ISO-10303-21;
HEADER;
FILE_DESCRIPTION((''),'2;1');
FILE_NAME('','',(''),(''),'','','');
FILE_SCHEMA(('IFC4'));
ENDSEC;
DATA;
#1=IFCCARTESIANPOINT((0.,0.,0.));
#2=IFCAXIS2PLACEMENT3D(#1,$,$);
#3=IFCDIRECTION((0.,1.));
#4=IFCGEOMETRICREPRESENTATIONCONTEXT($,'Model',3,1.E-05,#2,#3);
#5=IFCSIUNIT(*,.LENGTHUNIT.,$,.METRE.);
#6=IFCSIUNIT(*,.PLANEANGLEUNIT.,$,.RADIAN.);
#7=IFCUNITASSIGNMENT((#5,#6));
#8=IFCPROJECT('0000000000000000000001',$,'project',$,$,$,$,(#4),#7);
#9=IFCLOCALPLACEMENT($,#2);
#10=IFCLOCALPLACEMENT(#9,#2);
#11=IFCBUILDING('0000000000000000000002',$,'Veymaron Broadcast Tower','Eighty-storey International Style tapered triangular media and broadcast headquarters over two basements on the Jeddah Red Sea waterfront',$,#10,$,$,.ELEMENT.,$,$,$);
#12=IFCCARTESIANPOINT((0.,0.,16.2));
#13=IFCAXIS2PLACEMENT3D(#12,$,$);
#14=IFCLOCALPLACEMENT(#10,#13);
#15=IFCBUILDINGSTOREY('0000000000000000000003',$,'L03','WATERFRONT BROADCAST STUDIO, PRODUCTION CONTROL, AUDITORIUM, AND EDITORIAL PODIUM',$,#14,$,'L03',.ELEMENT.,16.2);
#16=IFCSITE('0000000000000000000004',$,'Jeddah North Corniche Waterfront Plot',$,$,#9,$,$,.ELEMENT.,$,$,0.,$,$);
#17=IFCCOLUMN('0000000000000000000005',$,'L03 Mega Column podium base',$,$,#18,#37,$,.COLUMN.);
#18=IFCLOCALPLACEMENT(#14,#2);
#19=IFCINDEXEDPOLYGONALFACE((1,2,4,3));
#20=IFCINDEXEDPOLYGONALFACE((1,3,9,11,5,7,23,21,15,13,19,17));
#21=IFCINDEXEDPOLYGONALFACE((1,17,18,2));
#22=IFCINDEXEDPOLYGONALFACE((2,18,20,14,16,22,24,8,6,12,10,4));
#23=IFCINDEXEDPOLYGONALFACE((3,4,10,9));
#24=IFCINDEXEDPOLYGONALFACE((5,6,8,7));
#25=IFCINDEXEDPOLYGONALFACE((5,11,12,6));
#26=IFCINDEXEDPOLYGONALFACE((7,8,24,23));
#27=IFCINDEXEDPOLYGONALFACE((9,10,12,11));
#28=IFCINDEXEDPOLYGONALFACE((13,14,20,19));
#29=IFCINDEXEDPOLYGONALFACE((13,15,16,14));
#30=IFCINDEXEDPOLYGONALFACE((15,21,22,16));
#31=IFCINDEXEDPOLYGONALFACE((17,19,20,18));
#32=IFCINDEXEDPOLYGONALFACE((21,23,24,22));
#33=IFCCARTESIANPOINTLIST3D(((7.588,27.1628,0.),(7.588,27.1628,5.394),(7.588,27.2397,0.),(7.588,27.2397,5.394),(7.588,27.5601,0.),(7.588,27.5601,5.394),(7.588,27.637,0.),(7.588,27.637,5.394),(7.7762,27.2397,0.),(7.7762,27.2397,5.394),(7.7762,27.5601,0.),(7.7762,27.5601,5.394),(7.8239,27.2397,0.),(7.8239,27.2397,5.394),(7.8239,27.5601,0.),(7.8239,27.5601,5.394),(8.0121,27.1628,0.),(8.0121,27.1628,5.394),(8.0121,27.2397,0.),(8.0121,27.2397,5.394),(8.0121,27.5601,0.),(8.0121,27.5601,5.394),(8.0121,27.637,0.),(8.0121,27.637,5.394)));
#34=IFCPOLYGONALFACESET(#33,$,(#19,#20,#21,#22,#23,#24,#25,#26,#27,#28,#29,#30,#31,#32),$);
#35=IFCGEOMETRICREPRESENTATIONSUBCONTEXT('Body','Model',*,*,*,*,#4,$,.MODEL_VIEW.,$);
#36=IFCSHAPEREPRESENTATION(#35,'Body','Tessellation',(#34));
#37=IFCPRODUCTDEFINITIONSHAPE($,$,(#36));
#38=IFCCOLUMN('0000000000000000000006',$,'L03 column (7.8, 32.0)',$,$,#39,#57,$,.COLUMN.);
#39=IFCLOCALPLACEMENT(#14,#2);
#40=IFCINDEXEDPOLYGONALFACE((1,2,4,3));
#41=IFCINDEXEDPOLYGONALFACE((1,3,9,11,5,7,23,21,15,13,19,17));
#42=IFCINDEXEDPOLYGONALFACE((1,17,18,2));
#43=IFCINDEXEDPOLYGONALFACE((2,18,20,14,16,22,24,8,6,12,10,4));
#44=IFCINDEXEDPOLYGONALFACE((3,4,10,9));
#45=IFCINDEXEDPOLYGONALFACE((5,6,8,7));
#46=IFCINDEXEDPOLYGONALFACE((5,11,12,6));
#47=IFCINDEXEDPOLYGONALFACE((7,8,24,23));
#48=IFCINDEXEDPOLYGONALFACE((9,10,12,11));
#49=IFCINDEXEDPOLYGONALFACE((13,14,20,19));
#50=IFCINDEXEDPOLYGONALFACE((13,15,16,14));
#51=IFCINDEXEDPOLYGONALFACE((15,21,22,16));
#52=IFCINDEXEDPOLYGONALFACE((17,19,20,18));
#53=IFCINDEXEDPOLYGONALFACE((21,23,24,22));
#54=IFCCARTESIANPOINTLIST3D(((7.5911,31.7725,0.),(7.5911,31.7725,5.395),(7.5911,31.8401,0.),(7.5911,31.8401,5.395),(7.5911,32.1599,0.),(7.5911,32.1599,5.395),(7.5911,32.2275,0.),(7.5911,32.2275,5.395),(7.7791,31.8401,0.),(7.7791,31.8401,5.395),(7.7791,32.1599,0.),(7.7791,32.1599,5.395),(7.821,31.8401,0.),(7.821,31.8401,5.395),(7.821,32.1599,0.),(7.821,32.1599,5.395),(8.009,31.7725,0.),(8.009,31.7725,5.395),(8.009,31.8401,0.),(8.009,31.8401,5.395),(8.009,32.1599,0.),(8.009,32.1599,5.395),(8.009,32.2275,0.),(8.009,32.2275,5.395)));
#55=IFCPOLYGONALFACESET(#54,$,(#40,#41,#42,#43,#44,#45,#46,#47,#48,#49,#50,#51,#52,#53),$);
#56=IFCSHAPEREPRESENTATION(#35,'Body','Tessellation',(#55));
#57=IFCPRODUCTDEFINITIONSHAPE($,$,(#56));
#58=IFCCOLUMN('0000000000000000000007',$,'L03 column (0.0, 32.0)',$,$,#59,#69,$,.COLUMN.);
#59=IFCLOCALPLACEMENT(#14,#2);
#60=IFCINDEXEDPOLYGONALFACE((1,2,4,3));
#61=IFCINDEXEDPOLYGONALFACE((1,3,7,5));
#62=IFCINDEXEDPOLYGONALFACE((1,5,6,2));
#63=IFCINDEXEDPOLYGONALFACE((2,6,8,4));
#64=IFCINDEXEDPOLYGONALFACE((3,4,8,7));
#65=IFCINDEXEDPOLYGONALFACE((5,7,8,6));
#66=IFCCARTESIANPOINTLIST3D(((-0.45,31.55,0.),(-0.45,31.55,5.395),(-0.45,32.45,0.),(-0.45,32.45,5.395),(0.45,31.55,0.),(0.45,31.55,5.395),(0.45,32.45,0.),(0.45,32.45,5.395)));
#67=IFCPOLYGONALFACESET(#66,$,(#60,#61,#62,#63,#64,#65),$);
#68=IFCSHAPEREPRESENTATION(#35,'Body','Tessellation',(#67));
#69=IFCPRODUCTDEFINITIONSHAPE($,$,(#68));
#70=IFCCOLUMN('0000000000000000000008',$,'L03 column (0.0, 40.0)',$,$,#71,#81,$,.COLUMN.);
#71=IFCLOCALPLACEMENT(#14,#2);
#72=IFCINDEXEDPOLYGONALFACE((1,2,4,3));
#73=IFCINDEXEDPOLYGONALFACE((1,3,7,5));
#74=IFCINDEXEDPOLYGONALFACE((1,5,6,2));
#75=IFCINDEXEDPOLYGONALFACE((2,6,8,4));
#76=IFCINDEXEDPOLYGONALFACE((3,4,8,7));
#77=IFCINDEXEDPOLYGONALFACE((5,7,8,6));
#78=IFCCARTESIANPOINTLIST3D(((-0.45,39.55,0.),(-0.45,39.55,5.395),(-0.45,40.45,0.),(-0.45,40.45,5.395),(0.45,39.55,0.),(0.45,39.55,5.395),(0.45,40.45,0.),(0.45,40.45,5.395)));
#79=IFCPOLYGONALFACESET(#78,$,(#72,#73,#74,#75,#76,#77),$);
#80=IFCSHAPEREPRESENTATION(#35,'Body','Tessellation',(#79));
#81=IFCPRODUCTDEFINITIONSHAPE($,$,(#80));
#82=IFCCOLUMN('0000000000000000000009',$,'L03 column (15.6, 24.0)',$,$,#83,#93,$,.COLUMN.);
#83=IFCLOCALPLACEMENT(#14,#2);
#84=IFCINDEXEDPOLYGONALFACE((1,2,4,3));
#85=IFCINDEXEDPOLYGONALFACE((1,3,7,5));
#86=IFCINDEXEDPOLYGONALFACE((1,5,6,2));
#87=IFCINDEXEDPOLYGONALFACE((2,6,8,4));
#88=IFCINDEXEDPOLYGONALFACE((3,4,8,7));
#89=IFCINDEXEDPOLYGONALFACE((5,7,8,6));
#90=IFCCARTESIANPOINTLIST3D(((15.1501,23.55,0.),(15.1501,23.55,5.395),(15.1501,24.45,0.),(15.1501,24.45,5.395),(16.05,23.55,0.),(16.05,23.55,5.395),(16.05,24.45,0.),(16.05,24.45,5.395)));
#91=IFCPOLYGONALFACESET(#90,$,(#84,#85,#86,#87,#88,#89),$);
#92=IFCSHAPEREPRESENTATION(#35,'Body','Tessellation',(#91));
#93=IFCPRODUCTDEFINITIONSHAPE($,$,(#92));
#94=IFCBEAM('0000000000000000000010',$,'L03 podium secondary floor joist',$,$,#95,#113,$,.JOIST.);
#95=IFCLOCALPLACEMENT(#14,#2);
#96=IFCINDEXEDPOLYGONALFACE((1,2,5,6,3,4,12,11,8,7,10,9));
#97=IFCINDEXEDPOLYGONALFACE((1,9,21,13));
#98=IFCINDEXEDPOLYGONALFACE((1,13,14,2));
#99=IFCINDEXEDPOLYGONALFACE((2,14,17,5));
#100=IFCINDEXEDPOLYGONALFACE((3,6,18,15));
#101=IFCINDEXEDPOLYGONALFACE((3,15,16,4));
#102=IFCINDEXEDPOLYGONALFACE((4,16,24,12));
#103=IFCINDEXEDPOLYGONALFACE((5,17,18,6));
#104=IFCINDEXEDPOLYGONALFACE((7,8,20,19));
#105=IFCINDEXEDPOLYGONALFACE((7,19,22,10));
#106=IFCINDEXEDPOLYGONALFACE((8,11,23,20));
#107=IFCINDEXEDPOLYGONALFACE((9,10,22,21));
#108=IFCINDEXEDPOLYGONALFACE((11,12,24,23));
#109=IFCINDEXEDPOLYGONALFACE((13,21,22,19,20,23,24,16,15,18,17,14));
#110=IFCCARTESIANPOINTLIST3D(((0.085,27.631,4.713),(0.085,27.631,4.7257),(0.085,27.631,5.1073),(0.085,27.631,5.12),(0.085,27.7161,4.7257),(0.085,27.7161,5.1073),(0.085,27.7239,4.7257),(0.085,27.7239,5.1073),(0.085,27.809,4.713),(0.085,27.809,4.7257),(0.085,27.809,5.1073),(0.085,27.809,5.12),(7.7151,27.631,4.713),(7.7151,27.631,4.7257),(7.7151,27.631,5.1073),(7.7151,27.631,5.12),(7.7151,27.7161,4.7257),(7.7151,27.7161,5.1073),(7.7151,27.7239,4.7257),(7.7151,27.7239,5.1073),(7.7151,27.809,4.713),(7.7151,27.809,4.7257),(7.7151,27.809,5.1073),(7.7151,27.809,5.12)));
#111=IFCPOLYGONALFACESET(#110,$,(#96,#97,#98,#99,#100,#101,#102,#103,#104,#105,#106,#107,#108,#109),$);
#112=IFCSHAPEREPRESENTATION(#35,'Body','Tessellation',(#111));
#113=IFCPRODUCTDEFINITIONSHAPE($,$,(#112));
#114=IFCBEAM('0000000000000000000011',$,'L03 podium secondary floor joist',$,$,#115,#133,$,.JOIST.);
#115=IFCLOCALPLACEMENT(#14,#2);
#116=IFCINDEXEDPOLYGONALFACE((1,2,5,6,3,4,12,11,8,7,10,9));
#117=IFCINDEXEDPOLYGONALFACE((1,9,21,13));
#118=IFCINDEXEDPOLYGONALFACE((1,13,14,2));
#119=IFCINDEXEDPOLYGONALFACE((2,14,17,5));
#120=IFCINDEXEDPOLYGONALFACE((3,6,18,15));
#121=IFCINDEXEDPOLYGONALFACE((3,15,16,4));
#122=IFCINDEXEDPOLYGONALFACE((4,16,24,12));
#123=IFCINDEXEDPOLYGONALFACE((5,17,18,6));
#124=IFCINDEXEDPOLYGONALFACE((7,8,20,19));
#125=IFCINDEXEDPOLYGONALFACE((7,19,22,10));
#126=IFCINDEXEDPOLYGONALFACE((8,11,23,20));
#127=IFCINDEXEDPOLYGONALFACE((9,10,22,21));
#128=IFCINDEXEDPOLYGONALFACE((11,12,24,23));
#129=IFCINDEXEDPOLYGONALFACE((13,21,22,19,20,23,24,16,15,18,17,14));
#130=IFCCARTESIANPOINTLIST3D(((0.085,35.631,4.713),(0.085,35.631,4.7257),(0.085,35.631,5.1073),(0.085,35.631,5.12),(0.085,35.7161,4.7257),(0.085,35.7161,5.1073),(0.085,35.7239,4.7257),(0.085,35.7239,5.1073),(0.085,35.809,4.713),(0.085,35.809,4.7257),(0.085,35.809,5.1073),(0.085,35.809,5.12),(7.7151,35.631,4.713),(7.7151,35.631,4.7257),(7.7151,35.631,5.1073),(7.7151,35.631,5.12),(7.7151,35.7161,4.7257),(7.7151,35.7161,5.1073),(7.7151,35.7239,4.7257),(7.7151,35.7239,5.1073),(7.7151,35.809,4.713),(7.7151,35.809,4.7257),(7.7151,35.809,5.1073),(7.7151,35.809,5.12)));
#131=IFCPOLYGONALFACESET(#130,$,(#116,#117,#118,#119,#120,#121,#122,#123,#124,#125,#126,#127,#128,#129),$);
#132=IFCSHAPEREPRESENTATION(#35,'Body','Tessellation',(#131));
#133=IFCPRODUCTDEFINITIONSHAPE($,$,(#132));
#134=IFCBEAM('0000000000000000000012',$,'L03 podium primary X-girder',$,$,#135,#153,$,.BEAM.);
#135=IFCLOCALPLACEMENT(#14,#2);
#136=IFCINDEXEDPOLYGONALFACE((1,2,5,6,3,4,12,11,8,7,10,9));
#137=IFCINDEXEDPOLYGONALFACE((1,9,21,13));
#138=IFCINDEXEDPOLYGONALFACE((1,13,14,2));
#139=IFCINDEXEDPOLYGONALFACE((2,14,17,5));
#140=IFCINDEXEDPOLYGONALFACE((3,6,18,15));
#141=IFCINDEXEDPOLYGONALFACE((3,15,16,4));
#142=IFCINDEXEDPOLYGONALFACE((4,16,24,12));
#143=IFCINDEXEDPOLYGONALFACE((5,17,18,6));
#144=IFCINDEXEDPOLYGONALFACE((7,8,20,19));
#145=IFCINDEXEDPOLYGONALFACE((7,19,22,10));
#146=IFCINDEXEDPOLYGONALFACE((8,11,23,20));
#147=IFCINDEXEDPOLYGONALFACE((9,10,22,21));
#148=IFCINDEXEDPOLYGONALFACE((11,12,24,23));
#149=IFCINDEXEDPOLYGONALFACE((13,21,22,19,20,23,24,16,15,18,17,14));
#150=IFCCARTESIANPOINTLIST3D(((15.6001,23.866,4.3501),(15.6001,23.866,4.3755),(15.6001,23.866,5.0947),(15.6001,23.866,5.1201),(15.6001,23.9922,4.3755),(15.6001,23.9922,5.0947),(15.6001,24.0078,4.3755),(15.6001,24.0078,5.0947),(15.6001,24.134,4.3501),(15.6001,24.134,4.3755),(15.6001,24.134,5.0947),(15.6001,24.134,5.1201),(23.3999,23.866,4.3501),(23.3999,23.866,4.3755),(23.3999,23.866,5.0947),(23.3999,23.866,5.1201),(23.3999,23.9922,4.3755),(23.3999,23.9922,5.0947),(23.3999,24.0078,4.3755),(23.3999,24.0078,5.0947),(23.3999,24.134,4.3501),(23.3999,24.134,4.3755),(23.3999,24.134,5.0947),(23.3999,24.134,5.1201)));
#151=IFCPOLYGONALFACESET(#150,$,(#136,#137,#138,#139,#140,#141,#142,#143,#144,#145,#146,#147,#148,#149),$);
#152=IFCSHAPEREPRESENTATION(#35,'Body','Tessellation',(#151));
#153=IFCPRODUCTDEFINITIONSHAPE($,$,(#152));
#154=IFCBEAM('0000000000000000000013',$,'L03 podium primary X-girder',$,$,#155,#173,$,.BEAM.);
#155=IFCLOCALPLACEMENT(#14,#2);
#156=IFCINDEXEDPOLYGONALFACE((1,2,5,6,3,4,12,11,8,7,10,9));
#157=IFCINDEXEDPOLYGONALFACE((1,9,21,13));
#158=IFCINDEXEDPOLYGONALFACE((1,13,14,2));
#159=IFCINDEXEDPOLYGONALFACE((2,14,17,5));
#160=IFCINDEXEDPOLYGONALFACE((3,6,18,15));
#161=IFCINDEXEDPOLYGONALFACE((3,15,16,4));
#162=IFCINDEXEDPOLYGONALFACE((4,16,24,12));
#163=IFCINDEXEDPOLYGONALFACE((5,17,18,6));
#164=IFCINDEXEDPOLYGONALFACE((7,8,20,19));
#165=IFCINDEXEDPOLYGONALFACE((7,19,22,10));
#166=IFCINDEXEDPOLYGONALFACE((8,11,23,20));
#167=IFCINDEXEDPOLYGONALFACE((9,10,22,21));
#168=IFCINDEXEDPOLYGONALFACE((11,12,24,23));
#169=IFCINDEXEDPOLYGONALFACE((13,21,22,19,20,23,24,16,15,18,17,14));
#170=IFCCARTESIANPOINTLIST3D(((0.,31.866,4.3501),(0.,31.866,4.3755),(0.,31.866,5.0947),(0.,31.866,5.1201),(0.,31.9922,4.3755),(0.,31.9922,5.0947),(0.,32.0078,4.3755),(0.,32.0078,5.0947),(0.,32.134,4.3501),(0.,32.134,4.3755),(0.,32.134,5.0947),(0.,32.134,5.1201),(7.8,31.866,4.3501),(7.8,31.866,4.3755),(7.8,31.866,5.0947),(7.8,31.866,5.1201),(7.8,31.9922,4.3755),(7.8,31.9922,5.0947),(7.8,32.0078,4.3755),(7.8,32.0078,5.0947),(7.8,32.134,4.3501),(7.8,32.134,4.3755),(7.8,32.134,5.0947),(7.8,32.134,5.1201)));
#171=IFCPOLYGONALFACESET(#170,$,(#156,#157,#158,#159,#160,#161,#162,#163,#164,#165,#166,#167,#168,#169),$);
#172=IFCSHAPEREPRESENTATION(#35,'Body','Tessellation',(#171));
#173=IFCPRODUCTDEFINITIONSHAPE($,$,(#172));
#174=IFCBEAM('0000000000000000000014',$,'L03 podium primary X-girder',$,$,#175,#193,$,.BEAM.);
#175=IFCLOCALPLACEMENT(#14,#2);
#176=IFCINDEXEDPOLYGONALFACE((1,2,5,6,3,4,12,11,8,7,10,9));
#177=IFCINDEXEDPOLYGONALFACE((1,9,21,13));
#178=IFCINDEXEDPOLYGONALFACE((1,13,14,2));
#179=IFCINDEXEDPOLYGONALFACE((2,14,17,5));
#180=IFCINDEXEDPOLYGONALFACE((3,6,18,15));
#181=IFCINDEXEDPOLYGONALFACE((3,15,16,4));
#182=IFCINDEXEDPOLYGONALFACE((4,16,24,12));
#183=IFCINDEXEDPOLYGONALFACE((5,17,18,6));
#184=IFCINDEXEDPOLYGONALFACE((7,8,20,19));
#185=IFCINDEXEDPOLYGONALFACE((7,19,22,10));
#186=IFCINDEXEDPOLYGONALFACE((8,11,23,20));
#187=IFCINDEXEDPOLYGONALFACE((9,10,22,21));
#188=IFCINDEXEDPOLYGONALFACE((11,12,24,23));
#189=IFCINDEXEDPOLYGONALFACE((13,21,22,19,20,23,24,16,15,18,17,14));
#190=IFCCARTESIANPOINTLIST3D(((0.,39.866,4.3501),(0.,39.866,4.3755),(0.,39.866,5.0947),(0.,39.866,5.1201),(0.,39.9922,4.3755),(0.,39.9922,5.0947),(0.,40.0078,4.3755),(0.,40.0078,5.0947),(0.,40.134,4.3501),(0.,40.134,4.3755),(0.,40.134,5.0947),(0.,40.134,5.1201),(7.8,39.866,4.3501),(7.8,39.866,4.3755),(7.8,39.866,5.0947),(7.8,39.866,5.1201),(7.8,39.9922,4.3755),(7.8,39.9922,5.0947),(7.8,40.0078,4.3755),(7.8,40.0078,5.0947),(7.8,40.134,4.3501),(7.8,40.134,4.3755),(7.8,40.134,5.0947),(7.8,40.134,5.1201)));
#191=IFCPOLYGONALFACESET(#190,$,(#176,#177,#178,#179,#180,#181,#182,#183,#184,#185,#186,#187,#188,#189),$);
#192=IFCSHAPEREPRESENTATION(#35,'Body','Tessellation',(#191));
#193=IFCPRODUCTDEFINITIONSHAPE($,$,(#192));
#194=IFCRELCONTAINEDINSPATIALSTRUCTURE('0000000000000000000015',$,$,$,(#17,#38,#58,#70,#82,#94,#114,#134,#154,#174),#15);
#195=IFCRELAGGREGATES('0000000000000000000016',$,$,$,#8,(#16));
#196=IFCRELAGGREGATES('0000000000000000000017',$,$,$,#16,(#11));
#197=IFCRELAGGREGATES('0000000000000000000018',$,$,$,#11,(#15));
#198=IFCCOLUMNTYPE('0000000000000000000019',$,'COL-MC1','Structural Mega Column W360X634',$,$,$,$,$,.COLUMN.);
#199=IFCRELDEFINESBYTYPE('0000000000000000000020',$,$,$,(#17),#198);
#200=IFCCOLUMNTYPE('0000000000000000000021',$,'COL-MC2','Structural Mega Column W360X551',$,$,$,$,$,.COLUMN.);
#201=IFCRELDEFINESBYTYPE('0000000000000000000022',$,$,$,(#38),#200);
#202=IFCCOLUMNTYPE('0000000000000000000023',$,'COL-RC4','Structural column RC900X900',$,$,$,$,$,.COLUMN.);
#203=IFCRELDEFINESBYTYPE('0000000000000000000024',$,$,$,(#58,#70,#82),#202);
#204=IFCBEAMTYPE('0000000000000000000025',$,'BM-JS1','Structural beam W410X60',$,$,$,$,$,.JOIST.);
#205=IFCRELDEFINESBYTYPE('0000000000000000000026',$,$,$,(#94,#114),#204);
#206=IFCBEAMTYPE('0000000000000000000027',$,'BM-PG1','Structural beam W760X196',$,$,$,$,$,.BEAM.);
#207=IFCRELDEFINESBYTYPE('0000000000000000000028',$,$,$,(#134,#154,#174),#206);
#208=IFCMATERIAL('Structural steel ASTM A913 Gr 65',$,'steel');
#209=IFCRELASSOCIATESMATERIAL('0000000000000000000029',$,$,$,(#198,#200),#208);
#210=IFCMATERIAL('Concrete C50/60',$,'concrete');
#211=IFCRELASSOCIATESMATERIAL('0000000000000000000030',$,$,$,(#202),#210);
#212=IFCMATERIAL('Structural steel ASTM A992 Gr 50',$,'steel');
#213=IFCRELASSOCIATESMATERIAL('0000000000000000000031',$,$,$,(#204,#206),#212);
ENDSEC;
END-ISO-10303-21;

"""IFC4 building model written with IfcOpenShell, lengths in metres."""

from ifc_helpers import new_model, si_unit, direction, frame, origin, origin_2d, place, context, subcontext, project, spatial, rectangle, i_section, extrude, material, material_profile, profile_set, type_object, element, save


model = new_model("IFC4")

# Units and contexts
model_context = context("Model", 3, precision=1e-05, world=origin(), true_north=direction((0.0, 1.0)))
body_context = subcontext(model_context, "Body", "Model", "MODEL_VIEW")
ifc_project = project(units=[si_unit("LENGTHUNIT", "METRE"), si_unit("PLANEANGLEUNIT", "RADIAN")], contexts=[model_context])

# Site, building, storey
site_placement = place(None, origin())
site = spatial("IfcSite", under=ifc_project, at=site_placement, Name="Jeddah North Corniche Waterfront Plot", CompositionType="ELEMENT", RefElevation=0.0)
building_placement = place(site_placement, origin())
building = spatial("IfcBuilding", under=site, at=building_placement, Name="Veymaron Broadcast Tower", Description="Eighty-storey International Style tapered triangular media and broadcast headquarters over two basements on the Jeddah Red Sea waterfront", CompositionType="ELEMENT")
storey_placement = place(building_placement, frame((0.0, 0.0, 16.2)))
storey = spatial("IfcBuildingStorey", under=building, at=storey_placement, Name="L03", Description="WATERFRONT BROADCAST STUDIO, PRODUCTION CONTROL, AUDITORIUM, AND EDITORIAL PODIUM", LongName="L03", CompositionType="ELEMENT", Elevation=16.2)

# Columns
ifc_material_1 = material(Name="Structural steel ASTM A913 Gr 65", Category="steel")
ifc_material_profile_1 = material_profile(ifc_material_1, i_section(OverallWidth=0.4241, OverallDepth=0.4741, WebThickness=0.0476, FlangeThickness=0.0769, at=origin_2d()), Name="W360X634")
ifc_profile_set_1 = profile_set([ifc_material_profile_1], Name="Structural steel ASTM A913 Gr 65")
column_type_1 = type_object("IfcColumnType", Name="COL-MC1", Description="Structural Mega Column W360X634", PredefinedType="COLUMN", material=ifc_profile_set_1)
column_1_placement = place(storey_placement, frame((7.8, 27.3999, 0.0), z_axis=(0.0, 0.0, 1.0), x_axis=(1.0, 0.0, 0.0)))
element("IfcColumn", 1, at=column_1_placement, inside=storey, type_object=column_type_1, Name="L03 Mega Column podium base", PredefinedType="COLUMN", context=body_context, shape_type="SweptSolid", body=[
    extrude(i_section(OverallWidth=0.4241, OverallDepth=0.4741, WebThickness=0.0476, FlangeThickness=0.0769, at=origin_2d()), origin(), (0.0, 0.0, 1.0), 5.394),
])
ifc_material_profile_2 = material_profile(ifc_material_1, i_section(OverallWidth=0.418, OverallDepth=0.4551, WebThickness=0.042, FlangeThickness=0.0676, at=origin_2d()), Name="W360X551")
ifc_profile_set_2 = profile_set([ifc_material_profile_2], Name="Structural steel ASTM A913 Gr 65")
column_type_2 = type_object("IfcColumnType", Name="COL-MC2", Description="Structural Mega Column W360X551", PredefinedType="COLUMN", material=ifc_profile_set_2)
column_2_placement = place(storey_placement, frame((7.8, 32.0, 0.0), z_axis=(0.0, 0.0, 1.0), x_axis=(1.0, 0.0, 0.0)))
element("IfcColumn", 2, at=column_2_placement, inside=storey, type_object=column_type_2, Name="L03 column (7.8, 32.0)", PredefinedType="COLUMN", context=body_context, shape_type="SweptSolid", body=[
    extrude(i_section(OverallWidth=0.418, OverallDepth=0.4551, WebThickness=0.042, FlangeThickness=0.0676, at=origin_2d()), origin(), (0.0, 0.0, 1.0), 5.395),
])
ifc_material_2 = material(Name="Concrete C50/60", Category="concrete")
ifc_material_profile_3 = material_profile(ifc_material_2, rectangle(XDim=0.8999, YDim=0.8999, at=origin_2d()), Name="RC900X900")
ifc_profile_set_3 = profile_set([ifc_material_profile_3], Name="Concrete C50/60")
column_type_3 = type_object("IfcColumnType", Name="COL-RC4", Description="Structural column RC900X900", PredefinedType="COLUMN", material=ifc_profile_set_3)
for number, where, z_axis, x_axis, name in (
    (3, (0.0, 32.0, 0.0), (0.0, 0.0, 1.0), (1.0, 0.0, 0.0), "L03 column (0.0, 32.0)"),
    (4, (0.0, 40.0, 0.0), (0.0, 0.0, 1.0), (1.0, 0.0, 0.0), "L03 column (0.0, 40.0)"),
    (5, (15.6001, 24.0, 0.0), (0.0, 0.0, 1.0), (1.0, 0.0, 0.0), "L03 column (15.6, 24.0)"),
):
    element("IfcColumn", number, at=place(storey_placement, frame(where, z_axis=z_axis, x_axis=x_axis)), inside=storey, type_object=column_type_3, Name=name, PredefinedType="COLUMN", context=body_context, shape_type="SweptSolid", body=[
        extrude(rectangle(XDim=0.8999, YDim=0.8999, at=origin_2d()), origin(), (0.0, 0.0, 1.0), 5.395),
    ])

# Beams
ifc_material_3 = material(Name="Structural steel ASTM A992 Gr 50", Category="steel")
ifc_material_profile_4 = material_profile(ifc_material_3, i_section(OverallWidth=0.178, OverallDepth=0.407, WebThickness=0.0078, FlangeThickness=0.0127, at=origin_2d()), Name="W410X60")
ifc_profile_set_4 = profile_set([ifc_material_profile_4], Name="Structural steel ASTM A992 Gr 50")
beam_type_1 = type_object("IfcBeamType", Name="BM-JS1", Description="Structural beam W410X60", PredefinedType="JOIST", material=ifc_profile_set_4)
for number, where, z_axis, x_axis, name in (
    (6, (0.085, 27.72, 4.9165), (1.0, 0.0, 0.0), (0.0, 1.0, 0.0), "L03 podium secondary floor joist"),
    (7, (0.085, 35.72, 4.9165), (1.0, 0.0, 0.0), (0.0, 1.0, 0.0), "L03 podium secondary floor joist"),
):
    element("IfcBeam", number, at=place(storey_placement, frame(where, z_axis=z_axis, x_axis=x_axis)), inside=storey, type_object=beam_type_1, Name=name, PredefinedType="JOIST", context=body_context, shape_type="SweptSolid", body=[
        extrude(i_section(OverallWidth=0.178, OverallDepth=0.407, WebThickness=0.0078, FlangeThickness=0.0127, at=origin_2d()), origin(), (0.0, 0.0, 1.0), 7.6301),
    ])
ifc_material_profile_5 = material_profile(ifc_material_3, i_section(OverallWidth=0.2681, OverallDepth=0.77, WebThickness=0.0156, FlangeThickness=0.0254, at=origin_2d()), Name="W760X196")
ifc_profile_set_5 = profile_set([ifc_material_profile_5], Name="Structural steel ASTM A992 Gr 50")
beam_type_2 = type_object("IfcBeamType", Name="BM-PG1", Description="Structural beam W760X196", PredefinedType="BEAM", material=ifc_profile_set_5)
beam_1_placement = place(storey_placement, frame((15.6001, 24.0, 4.7351), z_axis=(1.0, 0.0, 0.0), x_axis=(0.0, 1.0, 0.0)))
element("IfcBeam", 8, at=beam_1_placement, inside=storey, type_object=beam_type_2, Name="L03 podium primary X-girder", PredefinedType="BEAM", context=body_context, shape_type="SweptSolid", body=[
    extrude(i_section(OverallWidth=0.2681, OverallDepth=0.77, WebThickness=0.0156, FlangeThickness=0.0254, at=origin_2d()), origin(), (0.0, 0.0, 1.0), 7.7998),
])
for number, where, z_axis, x_axis, name in (
    (9, (0.0, 32.0, 4.7351), (1.0, 0.0, 0.0), (0.0, 1.0, 0.0), "L03 podium primary X-girder"),
    (10, (0.0, 40.0, 4.7351), (1.0, 0.0, 0.0), (0.0, 1.0, 0.0), "L03 podium primary X-girder"),
):
    element("IfcBeam", number, at=place(storey_placement, frame(where, z_axis=z_axis, x_axis=x_axis)), inside=storey, type_object=beam_type_2, Name=name, PredefinedType="BEAM", context=body_context, shape_type="SweptSolid", body=[
        extrude(i_section(OverallWidth=0.2681, OverallDepth=0.77, WebThickness=0.0156, FlangeThickness=0.0254, at=origin_2d()), origin(), (0.0, 0.0, 1.0), 7.8),
    ])

save(model, "model.ifc")
